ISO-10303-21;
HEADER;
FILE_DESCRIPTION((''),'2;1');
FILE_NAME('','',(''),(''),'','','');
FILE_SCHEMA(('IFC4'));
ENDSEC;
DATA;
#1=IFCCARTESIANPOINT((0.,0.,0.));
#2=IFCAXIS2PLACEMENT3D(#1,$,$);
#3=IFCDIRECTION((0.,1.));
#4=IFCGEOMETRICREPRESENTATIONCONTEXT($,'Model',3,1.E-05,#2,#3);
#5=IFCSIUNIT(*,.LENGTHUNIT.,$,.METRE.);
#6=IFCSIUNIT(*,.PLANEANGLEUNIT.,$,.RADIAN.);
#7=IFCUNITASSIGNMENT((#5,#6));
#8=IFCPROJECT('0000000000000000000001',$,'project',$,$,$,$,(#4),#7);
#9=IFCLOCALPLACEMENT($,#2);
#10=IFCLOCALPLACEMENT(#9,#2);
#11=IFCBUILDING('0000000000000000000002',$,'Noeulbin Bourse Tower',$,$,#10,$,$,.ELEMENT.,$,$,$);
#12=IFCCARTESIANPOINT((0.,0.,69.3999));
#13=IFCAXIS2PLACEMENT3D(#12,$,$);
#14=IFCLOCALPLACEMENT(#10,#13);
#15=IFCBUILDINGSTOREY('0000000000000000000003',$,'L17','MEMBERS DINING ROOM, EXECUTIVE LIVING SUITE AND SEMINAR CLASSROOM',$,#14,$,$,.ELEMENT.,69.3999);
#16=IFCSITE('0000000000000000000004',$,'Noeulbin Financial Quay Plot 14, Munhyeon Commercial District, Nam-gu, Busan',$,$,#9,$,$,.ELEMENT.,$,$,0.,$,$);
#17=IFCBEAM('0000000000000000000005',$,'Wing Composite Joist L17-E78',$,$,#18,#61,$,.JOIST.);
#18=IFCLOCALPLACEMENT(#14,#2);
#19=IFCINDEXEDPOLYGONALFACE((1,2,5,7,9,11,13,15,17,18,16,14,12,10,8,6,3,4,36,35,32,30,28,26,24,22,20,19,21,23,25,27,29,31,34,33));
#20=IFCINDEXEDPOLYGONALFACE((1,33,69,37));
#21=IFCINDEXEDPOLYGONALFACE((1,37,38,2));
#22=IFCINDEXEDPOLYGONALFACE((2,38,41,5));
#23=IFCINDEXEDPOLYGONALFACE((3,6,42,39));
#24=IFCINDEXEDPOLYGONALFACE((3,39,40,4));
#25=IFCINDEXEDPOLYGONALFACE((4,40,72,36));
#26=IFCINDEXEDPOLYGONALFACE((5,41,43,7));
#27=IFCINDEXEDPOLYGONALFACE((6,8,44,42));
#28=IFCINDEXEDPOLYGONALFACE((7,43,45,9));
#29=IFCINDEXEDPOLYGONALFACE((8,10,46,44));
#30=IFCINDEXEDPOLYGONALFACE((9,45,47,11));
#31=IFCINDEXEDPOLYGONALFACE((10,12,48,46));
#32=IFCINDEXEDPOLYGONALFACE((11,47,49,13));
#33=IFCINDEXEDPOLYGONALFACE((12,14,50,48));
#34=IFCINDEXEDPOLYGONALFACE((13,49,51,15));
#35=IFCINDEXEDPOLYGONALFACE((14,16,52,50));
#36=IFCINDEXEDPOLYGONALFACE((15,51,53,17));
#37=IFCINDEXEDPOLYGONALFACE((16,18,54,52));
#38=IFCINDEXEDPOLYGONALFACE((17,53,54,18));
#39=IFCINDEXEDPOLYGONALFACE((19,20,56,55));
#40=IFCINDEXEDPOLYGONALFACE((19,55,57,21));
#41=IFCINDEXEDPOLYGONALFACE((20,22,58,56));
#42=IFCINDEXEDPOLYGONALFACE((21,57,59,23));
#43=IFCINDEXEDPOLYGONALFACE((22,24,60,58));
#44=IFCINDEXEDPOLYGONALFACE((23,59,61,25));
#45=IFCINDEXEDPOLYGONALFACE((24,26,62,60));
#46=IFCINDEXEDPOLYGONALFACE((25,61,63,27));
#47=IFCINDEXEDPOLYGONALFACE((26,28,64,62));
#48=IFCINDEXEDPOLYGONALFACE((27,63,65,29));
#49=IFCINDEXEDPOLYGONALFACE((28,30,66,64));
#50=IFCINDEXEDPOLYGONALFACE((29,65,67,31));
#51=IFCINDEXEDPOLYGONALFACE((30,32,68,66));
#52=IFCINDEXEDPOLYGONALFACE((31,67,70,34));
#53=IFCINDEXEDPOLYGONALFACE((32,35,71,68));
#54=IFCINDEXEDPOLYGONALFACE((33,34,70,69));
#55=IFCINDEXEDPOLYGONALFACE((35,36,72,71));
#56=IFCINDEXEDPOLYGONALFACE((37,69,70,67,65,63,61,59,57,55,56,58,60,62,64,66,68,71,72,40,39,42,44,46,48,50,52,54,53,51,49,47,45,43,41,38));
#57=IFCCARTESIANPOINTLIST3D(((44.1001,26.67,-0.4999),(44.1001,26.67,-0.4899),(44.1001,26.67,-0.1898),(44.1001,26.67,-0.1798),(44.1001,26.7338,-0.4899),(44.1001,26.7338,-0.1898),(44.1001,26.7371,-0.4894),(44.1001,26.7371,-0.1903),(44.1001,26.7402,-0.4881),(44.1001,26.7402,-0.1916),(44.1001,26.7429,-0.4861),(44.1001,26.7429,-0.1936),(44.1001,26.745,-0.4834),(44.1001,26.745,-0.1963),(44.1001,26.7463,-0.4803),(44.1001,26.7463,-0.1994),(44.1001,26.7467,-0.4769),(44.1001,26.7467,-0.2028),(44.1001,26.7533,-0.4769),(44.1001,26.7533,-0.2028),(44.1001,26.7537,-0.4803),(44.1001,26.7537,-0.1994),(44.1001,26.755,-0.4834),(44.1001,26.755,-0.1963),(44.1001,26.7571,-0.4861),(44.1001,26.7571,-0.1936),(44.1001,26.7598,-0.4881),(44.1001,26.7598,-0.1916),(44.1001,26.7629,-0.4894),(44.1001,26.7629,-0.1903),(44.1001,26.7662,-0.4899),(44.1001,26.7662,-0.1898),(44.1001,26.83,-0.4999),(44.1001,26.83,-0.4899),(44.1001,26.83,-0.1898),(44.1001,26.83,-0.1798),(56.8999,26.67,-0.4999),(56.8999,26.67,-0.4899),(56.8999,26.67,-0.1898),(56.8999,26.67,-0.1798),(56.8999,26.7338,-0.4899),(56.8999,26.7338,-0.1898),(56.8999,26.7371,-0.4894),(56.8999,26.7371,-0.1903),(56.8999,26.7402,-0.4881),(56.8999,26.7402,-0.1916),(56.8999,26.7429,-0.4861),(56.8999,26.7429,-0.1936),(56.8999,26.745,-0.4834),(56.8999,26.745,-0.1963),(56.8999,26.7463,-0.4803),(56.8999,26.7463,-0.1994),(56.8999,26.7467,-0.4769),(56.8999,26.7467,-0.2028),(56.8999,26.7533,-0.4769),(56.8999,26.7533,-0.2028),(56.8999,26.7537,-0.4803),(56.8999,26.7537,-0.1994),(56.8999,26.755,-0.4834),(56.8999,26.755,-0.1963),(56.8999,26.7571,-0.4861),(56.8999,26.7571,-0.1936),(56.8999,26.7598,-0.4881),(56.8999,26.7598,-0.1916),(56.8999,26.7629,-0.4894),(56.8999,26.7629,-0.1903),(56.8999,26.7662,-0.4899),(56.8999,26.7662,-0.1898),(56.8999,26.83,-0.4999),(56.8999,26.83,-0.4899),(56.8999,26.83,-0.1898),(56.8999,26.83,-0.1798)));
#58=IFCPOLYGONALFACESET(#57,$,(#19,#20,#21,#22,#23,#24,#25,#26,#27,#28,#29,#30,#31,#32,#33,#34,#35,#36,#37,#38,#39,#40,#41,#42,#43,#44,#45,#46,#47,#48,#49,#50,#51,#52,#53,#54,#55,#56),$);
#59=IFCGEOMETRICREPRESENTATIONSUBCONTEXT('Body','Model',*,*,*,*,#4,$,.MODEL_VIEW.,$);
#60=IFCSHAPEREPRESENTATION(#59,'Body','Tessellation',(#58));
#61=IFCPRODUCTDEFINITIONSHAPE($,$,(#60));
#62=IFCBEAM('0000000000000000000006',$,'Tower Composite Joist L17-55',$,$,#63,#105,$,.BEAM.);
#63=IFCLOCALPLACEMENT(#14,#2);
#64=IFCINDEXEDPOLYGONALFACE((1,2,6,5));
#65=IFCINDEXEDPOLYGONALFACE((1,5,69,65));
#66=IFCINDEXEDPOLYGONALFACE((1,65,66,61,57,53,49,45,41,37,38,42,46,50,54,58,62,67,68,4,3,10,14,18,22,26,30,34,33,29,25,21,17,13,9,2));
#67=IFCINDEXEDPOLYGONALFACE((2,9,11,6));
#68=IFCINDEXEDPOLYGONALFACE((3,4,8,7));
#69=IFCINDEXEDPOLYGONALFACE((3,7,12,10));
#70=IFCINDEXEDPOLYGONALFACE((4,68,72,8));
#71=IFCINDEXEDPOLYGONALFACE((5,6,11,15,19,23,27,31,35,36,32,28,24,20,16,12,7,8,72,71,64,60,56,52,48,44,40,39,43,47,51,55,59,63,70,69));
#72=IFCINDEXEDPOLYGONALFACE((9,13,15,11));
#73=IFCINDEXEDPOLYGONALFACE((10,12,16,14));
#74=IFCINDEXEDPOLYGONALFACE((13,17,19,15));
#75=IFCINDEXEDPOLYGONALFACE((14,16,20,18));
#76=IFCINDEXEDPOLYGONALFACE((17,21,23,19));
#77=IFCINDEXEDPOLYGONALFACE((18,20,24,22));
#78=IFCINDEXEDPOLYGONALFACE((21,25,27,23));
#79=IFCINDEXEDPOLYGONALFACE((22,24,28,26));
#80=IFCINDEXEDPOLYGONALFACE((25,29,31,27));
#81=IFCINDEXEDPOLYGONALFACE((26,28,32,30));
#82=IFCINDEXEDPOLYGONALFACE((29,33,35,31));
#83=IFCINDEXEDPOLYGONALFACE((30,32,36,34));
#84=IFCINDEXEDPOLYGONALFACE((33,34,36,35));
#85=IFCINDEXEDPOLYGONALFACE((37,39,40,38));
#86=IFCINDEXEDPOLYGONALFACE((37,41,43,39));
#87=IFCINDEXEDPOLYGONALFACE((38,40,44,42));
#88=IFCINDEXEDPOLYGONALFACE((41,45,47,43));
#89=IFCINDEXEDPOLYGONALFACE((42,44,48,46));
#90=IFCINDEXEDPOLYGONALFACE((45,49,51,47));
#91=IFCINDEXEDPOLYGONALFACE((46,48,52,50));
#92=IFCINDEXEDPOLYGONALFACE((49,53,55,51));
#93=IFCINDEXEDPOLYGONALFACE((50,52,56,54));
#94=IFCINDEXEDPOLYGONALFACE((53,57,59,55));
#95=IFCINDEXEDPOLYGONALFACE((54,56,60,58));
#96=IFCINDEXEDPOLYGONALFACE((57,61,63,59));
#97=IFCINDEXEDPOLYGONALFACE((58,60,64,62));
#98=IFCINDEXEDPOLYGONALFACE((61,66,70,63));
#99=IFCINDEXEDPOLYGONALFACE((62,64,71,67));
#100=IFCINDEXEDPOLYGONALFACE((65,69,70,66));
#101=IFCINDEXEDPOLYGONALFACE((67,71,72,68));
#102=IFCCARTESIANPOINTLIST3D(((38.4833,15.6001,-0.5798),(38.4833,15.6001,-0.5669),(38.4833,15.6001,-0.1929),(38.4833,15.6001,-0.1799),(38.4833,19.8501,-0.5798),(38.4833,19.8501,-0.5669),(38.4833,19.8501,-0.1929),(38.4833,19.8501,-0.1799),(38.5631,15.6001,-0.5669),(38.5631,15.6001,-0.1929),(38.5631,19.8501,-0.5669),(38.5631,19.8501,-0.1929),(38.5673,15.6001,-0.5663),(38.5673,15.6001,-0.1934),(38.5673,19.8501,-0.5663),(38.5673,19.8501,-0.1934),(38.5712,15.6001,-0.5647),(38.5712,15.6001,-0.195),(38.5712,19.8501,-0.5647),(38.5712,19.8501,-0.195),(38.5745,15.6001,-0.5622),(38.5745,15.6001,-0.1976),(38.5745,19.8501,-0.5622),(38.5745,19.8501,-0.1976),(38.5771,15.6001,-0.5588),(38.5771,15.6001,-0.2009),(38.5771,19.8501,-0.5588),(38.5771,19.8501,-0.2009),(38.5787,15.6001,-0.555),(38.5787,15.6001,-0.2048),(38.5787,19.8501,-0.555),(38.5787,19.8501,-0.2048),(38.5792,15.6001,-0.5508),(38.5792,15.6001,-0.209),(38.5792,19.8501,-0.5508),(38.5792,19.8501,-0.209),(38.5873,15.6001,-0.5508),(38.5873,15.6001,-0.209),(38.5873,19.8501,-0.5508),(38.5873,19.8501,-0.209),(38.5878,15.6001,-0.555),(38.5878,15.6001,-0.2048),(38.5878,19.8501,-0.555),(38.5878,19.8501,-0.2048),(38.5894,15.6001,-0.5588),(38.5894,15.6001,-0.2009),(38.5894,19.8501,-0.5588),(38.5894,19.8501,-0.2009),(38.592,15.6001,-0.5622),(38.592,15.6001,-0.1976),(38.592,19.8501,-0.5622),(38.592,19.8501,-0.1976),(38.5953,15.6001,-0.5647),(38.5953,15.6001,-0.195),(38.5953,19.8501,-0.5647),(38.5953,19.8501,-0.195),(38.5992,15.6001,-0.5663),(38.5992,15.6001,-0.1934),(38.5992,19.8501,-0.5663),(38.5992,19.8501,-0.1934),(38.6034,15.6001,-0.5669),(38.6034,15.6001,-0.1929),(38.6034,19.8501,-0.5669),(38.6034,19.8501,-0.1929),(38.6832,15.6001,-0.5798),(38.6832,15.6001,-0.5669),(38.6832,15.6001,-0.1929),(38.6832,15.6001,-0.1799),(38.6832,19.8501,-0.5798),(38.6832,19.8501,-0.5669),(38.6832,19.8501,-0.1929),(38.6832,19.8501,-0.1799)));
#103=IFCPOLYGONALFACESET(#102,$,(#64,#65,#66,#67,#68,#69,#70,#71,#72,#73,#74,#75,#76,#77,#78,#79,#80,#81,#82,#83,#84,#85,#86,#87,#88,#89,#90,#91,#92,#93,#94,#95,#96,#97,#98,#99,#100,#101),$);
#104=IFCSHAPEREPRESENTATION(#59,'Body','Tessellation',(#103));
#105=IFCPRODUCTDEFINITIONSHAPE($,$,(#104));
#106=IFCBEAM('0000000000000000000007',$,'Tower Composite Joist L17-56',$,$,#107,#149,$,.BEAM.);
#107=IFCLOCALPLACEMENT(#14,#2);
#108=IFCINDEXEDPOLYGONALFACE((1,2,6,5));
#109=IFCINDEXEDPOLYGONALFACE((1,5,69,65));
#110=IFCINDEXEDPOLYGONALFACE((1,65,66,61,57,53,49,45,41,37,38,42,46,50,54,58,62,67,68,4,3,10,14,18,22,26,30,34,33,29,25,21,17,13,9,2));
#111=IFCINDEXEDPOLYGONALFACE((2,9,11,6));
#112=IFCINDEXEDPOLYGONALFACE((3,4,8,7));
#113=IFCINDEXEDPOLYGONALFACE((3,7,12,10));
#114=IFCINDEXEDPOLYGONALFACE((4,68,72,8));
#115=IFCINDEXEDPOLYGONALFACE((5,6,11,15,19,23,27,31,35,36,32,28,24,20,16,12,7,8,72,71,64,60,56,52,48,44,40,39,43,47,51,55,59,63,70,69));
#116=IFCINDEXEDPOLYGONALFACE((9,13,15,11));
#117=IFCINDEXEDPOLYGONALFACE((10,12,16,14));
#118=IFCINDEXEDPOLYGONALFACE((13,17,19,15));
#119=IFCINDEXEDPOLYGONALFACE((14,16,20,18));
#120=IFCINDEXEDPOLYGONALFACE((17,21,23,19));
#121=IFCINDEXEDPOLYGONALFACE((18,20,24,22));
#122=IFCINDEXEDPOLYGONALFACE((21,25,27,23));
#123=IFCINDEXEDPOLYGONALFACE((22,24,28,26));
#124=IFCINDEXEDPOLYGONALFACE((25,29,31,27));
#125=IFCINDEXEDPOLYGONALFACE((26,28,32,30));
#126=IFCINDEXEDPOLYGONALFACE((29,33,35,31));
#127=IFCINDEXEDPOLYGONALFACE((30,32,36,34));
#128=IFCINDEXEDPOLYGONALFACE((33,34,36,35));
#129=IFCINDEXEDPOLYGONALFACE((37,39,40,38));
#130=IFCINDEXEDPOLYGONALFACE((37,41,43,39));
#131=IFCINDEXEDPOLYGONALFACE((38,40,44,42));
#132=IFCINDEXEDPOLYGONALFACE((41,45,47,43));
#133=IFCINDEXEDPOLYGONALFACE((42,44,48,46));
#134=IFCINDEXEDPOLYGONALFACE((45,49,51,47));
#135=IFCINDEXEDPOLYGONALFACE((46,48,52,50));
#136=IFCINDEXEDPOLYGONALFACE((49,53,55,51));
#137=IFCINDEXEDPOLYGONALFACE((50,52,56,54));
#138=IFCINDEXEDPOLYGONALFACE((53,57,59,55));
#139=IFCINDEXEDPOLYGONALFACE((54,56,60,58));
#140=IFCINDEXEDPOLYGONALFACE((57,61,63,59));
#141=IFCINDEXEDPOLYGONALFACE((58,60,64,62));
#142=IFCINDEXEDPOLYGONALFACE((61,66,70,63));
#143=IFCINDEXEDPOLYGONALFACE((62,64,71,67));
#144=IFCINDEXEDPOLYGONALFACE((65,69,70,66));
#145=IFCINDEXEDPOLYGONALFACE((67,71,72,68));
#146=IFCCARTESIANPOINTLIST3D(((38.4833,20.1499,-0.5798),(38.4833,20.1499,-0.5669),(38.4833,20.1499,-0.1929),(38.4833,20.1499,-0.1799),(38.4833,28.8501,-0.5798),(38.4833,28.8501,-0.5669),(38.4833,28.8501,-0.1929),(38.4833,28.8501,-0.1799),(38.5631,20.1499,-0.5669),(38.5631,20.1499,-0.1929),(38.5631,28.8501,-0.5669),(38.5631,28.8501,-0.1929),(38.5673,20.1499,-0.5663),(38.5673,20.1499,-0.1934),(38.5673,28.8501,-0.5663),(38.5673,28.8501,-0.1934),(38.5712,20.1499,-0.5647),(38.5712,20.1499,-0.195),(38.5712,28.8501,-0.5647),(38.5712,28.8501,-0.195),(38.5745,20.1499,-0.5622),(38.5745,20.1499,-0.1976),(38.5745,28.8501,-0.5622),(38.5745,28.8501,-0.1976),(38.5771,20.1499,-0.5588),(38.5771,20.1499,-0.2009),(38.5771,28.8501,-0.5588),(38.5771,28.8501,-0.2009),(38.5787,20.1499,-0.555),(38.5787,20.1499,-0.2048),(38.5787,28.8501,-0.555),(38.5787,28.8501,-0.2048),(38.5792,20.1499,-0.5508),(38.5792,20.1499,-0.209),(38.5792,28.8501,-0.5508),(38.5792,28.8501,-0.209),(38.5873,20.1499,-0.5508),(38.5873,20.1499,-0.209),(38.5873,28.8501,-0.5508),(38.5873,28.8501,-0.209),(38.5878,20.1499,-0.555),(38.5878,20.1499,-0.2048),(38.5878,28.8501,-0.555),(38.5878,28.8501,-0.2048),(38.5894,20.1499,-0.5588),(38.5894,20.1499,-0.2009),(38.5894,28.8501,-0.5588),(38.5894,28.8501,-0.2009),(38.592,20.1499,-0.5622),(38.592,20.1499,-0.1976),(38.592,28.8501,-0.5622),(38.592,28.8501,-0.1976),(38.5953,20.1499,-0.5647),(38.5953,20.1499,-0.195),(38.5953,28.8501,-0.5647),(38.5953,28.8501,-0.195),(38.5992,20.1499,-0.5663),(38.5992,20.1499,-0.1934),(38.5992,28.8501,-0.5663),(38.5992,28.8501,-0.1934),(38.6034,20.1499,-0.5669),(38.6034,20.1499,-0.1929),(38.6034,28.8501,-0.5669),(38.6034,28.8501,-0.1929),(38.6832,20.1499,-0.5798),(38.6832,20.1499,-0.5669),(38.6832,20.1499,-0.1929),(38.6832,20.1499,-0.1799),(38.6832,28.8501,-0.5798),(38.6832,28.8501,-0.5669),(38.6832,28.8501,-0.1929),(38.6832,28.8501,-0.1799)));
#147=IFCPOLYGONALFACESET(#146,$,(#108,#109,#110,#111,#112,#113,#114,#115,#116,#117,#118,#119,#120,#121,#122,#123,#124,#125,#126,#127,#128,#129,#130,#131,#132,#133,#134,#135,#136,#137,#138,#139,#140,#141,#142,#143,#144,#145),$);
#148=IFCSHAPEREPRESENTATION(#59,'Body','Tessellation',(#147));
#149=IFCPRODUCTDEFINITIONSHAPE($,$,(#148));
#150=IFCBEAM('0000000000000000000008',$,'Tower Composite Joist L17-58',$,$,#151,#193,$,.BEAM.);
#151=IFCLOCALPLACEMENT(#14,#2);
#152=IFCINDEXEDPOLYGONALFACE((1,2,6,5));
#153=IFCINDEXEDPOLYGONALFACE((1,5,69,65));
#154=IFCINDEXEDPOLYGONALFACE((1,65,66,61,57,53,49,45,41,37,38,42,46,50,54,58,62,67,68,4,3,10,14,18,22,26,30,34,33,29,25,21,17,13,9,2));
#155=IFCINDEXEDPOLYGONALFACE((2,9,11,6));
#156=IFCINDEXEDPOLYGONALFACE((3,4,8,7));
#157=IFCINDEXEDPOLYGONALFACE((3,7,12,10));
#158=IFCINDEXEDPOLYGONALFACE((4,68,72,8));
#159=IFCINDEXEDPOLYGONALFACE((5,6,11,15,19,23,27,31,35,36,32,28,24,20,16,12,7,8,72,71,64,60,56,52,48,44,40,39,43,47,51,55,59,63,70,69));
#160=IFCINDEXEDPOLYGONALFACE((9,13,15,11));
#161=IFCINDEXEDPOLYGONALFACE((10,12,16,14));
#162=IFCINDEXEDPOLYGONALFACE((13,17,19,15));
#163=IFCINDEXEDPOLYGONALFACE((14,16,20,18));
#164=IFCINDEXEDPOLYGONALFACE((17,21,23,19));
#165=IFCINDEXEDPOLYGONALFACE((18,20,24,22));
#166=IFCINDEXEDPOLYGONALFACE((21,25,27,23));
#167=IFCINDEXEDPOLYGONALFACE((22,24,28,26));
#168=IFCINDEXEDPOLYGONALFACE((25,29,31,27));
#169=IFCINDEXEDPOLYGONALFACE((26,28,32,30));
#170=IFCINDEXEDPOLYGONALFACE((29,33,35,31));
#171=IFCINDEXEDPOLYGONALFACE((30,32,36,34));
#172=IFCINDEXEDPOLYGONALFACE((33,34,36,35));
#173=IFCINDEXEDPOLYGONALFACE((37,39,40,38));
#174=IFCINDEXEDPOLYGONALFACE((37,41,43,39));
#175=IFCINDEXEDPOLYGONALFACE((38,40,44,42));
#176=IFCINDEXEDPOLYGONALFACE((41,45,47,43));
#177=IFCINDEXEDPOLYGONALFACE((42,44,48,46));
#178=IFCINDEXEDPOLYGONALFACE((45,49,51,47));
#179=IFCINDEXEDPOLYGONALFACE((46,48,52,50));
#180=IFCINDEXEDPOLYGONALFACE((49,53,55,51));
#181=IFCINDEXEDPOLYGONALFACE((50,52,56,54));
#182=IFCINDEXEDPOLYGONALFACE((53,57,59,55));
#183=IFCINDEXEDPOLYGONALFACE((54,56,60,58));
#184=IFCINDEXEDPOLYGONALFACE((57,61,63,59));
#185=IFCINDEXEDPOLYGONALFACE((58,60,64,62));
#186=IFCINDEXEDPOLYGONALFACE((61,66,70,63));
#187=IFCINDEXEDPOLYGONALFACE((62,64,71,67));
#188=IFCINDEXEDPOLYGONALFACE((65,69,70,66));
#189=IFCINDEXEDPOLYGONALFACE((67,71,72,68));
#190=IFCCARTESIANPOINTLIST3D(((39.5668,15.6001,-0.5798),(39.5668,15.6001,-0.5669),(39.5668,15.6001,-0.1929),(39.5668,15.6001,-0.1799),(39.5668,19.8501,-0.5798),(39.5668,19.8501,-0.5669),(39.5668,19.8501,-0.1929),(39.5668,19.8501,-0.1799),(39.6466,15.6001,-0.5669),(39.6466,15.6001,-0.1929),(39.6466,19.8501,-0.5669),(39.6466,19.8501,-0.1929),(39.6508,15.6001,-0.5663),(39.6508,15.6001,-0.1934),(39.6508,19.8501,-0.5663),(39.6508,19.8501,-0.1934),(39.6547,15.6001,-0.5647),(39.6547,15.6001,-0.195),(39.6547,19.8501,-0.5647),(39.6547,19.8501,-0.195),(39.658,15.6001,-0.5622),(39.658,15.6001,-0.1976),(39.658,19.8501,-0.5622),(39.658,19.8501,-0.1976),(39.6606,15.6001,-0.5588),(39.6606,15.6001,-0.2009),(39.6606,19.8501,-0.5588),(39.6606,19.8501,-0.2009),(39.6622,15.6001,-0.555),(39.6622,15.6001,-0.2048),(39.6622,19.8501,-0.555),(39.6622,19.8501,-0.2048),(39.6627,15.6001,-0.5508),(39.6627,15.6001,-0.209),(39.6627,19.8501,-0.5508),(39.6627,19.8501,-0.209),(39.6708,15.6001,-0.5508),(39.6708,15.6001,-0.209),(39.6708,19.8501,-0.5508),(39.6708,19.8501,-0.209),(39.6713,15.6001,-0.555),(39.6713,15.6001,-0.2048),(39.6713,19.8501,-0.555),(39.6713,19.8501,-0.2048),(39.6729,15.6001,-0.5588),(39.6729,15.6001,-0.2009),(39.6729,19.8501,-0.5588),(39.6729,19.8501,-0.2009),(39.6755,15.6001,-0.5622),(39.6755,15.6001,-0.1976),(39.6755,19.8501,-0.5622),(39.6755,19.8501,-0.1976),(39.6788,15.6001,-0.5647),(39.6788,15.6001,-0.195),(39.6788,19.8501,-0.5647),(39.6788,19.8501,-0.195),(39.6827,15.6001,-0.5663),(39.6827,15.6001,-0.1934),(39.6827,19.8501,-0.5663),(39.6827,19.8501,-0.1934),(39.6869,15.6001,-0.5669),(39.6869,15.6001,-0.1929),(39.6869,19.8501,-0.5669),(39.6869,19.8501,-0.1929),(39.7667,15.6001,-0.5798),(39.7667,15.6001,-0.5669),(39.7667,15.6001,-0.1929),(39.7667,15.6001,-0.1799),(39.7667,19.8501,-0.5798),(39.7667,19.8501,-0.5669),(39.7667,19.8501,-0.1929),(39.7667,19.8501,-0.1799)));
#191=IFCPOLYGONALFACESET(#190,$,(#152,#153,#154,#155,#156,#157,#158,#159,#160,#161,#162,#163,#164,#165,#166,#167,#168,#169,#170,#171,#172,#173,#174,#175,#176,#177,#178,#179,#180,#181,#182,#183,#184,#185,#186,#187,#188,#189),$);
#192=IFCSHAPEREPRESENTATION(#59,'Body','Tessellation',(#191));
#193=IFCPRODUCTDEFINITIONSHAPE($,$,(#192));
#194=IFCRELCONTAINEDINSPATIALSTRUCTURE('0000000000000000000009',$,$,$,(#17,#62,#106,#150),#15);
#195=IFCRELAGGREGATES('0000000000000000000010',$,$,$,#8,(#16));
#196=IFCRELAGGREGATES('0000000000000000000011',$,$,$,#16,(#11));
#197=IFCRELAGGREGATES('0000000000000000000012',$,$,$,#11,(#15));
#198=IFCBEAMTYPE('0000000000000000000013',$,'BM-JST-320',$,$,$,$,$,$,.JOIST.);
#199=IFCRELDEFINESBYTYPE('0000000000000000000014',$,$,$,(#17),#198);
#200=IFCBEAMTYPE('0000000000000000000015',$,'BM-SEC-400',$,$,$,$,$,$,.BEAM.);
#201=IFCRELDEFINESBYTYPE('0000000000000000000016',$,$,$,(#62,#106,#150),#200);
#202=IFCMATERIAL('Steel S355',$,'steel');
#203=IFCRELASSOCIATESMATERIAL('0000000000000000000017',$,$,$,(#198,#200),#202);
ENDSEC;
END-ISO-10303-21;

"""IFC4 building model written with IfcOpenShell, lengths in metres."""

from ifc_helpers import new_model, si_unit, direction, frame, origin, origin_2d, place, context, subcontext, project, spatial, i_section, extrude, material, material_profile, profile_set, type_object, element, save


model = new_model("IFC4")

# Units and contexts
model_context = context("Model", 3, precision=1e-05, world=origin(), true_north=direction((0.0, 1.0)))
body_context = subcontext(model_context, "Body", "Model", "MODEL_VIEW")
ifc_project = project(units=[si_unit("LENGTHUNIT", "METRE"), si_unit("PLANEANGLEUNIT", "RADIAN")], contexts=[model_context])

# Site, building, storey
site_placement = place(None, origin())
site = spatial("IfcSite", under=ifc_project, at=site_placement, Name="Noeulbin Financial Quay Plot 14, Munhyeon Commercial District, Nam-gu, Busan", CompositionType="ELEMENT", RefElevation=0.0)
building_placement = place(site_placement, origin())
building = spatial("IfcBuilding", under=site, at=building_placement, Name="Noeulbin Bourse Tower", CompositionType="ELEMENT")
storey_placement = place(building_placement, frame((0.0, 0.0, 69.3999)))
storey = spatial("IfcBuildingStorey", under=building, at=storey_placement, Name="L17", Description="MEMBERS DINING ROOM, EXECUTIVE LIVING SUITE AND SEMINAR CLASSROOM", CompositionType="ELEMENT", Elevation=69.3999)

# Beams
ifc_material_1 = material(Name="Steel S355", Category="steel")
ifc_material_profile_1 = material_profile(ifc_material_1, i_section(OverallWidth=0.1599, OverallDepth=0.3201, WebThickness=0.0066, FlangeThickness=0.01, FilletRadius=0.0129, at=origin_2d()), Name="H-320x160x6.5x10", Category="LoadBearing")
ifc_profile_set_1 = profile_set([ifc_material_profile_1], Name="Steel S355")
beam_type_1 = type_object("IfcBeamType", Name="BM-JST-320", PredefinedType="JOIST", material=ifc_profile_set_1)
for number, where, z_axis, x_axis, name in (
    (1, (44.1001, 26.75, -0.3398), (1.0, 0.0, 0.0), (0.0, 1.0, 0.0), "Wing Composite Joist L17-E78"),
):
    element("IfcBeam", number, at=place(storey_placement, frame(where, z_axis=z_axis, x_axis=x_axis)), inside=storey, type_object=beam_type_1, Name=name, PredefinedType="JOIST", context=body_context, shape_type="SweptSolid", body=[
        extrude(i_section(OverallWidth=0.1599, OverallDepth=0.3201, WebThickness=0.0066, FlangeThickness=0.01, FilletRadius=0.0129, at=origin_2d()), origin(), (0.0, 0.0, 1.0), 12.7998),
    ])
ifc_material_profile_2 = material_profile(ifc_material_1, i_section(OverallWidth=0.2, OverallDepth=0.3999, WebThickness=0.0081, FlangeThickness=0.0129, FilletRadius=0.0161, at=origin_2d()), Name="H-400x200x8x13", Category="LoadBearing")
ifc_profile_set_2 = profile_set([ifc_material_profile_2], Name="Steel S355")
beam_type_2 = type_object("IfcBeamType", Name="BM-SEC-400", PredefinedType="BEAM", material=ifc_profile_set_2)
beam_1_placement = place(storey_placement, frame((38.5833, 15.6001, -0.3799), z_axis=(0.0, 1.0, 0.0), x_axis=(-1.0, 0.0, 0.0)))
element("IfcBeam", 2, at=beam_1_placement, inside=storey, type_object=beam_type_2, Name="Tower Composite Joist L17-55", PredefinedType="BEAM", context=body_context, shape_type="SweptSolid", body=[
    extrude(i_section(OverallWidth=0.2, OverallDepth=0.3999, WebThickness=0.0081, FlangeThickness=0.0129, FilletRadius=0.0161, at=origin_2d()), origin(), (0.0, 0.0, 1.0), 4.25),
])
beam_2_placement = place(storey_placement, frame((38.5833, 20.1499, -0.3799), z_axis=(0.0, 1.0, 0.0), x_axis=(-1.0, 0.0, 0.0)))
element("IfcBeam", 3, at=beam_2_placement, inside=storey, type_object=beam_type_2, Name="Tower Composite Joist L17-56", PredefinedType="BEAM", context=body_context, shape_type="SweptSolid", body=[
    extrude(i_section(OverallWidth=0.2, OverallDepth=0.3999, WebThickness=0.0081, FlangeThickness=0.0129, FilletRadius=0.0161, at=origin_2d()), origin(), (0.0, 0.0, 1.0), 8.7002),
])
beam_3_placement = place(storey_placement, frame((39.6667, 15.6001, -0.3799), z_axis=(0.0, 1.0, 0.0), x_axis=(-1.0, 0.0, 0.0)))
element("IfcBeam", 4, at=beam_3_placement, inside=storey, type_object=beam_type_2, Name="Tower Composite Joist L17-58", PredefinedType="BEAM", context=body_context, shape_type="SweptSolid", body=[
    extrude(i_section(OverallWidth=0.2, OverallDepth=0.3999, WebThickness=0.0081, FlangeThickness=0.0129, FilletRadius=0.0161, at=origin_2d()), origin(), (0.0, 0.0, 1.0), 4.25),
])

save(model, "model.ifc")
